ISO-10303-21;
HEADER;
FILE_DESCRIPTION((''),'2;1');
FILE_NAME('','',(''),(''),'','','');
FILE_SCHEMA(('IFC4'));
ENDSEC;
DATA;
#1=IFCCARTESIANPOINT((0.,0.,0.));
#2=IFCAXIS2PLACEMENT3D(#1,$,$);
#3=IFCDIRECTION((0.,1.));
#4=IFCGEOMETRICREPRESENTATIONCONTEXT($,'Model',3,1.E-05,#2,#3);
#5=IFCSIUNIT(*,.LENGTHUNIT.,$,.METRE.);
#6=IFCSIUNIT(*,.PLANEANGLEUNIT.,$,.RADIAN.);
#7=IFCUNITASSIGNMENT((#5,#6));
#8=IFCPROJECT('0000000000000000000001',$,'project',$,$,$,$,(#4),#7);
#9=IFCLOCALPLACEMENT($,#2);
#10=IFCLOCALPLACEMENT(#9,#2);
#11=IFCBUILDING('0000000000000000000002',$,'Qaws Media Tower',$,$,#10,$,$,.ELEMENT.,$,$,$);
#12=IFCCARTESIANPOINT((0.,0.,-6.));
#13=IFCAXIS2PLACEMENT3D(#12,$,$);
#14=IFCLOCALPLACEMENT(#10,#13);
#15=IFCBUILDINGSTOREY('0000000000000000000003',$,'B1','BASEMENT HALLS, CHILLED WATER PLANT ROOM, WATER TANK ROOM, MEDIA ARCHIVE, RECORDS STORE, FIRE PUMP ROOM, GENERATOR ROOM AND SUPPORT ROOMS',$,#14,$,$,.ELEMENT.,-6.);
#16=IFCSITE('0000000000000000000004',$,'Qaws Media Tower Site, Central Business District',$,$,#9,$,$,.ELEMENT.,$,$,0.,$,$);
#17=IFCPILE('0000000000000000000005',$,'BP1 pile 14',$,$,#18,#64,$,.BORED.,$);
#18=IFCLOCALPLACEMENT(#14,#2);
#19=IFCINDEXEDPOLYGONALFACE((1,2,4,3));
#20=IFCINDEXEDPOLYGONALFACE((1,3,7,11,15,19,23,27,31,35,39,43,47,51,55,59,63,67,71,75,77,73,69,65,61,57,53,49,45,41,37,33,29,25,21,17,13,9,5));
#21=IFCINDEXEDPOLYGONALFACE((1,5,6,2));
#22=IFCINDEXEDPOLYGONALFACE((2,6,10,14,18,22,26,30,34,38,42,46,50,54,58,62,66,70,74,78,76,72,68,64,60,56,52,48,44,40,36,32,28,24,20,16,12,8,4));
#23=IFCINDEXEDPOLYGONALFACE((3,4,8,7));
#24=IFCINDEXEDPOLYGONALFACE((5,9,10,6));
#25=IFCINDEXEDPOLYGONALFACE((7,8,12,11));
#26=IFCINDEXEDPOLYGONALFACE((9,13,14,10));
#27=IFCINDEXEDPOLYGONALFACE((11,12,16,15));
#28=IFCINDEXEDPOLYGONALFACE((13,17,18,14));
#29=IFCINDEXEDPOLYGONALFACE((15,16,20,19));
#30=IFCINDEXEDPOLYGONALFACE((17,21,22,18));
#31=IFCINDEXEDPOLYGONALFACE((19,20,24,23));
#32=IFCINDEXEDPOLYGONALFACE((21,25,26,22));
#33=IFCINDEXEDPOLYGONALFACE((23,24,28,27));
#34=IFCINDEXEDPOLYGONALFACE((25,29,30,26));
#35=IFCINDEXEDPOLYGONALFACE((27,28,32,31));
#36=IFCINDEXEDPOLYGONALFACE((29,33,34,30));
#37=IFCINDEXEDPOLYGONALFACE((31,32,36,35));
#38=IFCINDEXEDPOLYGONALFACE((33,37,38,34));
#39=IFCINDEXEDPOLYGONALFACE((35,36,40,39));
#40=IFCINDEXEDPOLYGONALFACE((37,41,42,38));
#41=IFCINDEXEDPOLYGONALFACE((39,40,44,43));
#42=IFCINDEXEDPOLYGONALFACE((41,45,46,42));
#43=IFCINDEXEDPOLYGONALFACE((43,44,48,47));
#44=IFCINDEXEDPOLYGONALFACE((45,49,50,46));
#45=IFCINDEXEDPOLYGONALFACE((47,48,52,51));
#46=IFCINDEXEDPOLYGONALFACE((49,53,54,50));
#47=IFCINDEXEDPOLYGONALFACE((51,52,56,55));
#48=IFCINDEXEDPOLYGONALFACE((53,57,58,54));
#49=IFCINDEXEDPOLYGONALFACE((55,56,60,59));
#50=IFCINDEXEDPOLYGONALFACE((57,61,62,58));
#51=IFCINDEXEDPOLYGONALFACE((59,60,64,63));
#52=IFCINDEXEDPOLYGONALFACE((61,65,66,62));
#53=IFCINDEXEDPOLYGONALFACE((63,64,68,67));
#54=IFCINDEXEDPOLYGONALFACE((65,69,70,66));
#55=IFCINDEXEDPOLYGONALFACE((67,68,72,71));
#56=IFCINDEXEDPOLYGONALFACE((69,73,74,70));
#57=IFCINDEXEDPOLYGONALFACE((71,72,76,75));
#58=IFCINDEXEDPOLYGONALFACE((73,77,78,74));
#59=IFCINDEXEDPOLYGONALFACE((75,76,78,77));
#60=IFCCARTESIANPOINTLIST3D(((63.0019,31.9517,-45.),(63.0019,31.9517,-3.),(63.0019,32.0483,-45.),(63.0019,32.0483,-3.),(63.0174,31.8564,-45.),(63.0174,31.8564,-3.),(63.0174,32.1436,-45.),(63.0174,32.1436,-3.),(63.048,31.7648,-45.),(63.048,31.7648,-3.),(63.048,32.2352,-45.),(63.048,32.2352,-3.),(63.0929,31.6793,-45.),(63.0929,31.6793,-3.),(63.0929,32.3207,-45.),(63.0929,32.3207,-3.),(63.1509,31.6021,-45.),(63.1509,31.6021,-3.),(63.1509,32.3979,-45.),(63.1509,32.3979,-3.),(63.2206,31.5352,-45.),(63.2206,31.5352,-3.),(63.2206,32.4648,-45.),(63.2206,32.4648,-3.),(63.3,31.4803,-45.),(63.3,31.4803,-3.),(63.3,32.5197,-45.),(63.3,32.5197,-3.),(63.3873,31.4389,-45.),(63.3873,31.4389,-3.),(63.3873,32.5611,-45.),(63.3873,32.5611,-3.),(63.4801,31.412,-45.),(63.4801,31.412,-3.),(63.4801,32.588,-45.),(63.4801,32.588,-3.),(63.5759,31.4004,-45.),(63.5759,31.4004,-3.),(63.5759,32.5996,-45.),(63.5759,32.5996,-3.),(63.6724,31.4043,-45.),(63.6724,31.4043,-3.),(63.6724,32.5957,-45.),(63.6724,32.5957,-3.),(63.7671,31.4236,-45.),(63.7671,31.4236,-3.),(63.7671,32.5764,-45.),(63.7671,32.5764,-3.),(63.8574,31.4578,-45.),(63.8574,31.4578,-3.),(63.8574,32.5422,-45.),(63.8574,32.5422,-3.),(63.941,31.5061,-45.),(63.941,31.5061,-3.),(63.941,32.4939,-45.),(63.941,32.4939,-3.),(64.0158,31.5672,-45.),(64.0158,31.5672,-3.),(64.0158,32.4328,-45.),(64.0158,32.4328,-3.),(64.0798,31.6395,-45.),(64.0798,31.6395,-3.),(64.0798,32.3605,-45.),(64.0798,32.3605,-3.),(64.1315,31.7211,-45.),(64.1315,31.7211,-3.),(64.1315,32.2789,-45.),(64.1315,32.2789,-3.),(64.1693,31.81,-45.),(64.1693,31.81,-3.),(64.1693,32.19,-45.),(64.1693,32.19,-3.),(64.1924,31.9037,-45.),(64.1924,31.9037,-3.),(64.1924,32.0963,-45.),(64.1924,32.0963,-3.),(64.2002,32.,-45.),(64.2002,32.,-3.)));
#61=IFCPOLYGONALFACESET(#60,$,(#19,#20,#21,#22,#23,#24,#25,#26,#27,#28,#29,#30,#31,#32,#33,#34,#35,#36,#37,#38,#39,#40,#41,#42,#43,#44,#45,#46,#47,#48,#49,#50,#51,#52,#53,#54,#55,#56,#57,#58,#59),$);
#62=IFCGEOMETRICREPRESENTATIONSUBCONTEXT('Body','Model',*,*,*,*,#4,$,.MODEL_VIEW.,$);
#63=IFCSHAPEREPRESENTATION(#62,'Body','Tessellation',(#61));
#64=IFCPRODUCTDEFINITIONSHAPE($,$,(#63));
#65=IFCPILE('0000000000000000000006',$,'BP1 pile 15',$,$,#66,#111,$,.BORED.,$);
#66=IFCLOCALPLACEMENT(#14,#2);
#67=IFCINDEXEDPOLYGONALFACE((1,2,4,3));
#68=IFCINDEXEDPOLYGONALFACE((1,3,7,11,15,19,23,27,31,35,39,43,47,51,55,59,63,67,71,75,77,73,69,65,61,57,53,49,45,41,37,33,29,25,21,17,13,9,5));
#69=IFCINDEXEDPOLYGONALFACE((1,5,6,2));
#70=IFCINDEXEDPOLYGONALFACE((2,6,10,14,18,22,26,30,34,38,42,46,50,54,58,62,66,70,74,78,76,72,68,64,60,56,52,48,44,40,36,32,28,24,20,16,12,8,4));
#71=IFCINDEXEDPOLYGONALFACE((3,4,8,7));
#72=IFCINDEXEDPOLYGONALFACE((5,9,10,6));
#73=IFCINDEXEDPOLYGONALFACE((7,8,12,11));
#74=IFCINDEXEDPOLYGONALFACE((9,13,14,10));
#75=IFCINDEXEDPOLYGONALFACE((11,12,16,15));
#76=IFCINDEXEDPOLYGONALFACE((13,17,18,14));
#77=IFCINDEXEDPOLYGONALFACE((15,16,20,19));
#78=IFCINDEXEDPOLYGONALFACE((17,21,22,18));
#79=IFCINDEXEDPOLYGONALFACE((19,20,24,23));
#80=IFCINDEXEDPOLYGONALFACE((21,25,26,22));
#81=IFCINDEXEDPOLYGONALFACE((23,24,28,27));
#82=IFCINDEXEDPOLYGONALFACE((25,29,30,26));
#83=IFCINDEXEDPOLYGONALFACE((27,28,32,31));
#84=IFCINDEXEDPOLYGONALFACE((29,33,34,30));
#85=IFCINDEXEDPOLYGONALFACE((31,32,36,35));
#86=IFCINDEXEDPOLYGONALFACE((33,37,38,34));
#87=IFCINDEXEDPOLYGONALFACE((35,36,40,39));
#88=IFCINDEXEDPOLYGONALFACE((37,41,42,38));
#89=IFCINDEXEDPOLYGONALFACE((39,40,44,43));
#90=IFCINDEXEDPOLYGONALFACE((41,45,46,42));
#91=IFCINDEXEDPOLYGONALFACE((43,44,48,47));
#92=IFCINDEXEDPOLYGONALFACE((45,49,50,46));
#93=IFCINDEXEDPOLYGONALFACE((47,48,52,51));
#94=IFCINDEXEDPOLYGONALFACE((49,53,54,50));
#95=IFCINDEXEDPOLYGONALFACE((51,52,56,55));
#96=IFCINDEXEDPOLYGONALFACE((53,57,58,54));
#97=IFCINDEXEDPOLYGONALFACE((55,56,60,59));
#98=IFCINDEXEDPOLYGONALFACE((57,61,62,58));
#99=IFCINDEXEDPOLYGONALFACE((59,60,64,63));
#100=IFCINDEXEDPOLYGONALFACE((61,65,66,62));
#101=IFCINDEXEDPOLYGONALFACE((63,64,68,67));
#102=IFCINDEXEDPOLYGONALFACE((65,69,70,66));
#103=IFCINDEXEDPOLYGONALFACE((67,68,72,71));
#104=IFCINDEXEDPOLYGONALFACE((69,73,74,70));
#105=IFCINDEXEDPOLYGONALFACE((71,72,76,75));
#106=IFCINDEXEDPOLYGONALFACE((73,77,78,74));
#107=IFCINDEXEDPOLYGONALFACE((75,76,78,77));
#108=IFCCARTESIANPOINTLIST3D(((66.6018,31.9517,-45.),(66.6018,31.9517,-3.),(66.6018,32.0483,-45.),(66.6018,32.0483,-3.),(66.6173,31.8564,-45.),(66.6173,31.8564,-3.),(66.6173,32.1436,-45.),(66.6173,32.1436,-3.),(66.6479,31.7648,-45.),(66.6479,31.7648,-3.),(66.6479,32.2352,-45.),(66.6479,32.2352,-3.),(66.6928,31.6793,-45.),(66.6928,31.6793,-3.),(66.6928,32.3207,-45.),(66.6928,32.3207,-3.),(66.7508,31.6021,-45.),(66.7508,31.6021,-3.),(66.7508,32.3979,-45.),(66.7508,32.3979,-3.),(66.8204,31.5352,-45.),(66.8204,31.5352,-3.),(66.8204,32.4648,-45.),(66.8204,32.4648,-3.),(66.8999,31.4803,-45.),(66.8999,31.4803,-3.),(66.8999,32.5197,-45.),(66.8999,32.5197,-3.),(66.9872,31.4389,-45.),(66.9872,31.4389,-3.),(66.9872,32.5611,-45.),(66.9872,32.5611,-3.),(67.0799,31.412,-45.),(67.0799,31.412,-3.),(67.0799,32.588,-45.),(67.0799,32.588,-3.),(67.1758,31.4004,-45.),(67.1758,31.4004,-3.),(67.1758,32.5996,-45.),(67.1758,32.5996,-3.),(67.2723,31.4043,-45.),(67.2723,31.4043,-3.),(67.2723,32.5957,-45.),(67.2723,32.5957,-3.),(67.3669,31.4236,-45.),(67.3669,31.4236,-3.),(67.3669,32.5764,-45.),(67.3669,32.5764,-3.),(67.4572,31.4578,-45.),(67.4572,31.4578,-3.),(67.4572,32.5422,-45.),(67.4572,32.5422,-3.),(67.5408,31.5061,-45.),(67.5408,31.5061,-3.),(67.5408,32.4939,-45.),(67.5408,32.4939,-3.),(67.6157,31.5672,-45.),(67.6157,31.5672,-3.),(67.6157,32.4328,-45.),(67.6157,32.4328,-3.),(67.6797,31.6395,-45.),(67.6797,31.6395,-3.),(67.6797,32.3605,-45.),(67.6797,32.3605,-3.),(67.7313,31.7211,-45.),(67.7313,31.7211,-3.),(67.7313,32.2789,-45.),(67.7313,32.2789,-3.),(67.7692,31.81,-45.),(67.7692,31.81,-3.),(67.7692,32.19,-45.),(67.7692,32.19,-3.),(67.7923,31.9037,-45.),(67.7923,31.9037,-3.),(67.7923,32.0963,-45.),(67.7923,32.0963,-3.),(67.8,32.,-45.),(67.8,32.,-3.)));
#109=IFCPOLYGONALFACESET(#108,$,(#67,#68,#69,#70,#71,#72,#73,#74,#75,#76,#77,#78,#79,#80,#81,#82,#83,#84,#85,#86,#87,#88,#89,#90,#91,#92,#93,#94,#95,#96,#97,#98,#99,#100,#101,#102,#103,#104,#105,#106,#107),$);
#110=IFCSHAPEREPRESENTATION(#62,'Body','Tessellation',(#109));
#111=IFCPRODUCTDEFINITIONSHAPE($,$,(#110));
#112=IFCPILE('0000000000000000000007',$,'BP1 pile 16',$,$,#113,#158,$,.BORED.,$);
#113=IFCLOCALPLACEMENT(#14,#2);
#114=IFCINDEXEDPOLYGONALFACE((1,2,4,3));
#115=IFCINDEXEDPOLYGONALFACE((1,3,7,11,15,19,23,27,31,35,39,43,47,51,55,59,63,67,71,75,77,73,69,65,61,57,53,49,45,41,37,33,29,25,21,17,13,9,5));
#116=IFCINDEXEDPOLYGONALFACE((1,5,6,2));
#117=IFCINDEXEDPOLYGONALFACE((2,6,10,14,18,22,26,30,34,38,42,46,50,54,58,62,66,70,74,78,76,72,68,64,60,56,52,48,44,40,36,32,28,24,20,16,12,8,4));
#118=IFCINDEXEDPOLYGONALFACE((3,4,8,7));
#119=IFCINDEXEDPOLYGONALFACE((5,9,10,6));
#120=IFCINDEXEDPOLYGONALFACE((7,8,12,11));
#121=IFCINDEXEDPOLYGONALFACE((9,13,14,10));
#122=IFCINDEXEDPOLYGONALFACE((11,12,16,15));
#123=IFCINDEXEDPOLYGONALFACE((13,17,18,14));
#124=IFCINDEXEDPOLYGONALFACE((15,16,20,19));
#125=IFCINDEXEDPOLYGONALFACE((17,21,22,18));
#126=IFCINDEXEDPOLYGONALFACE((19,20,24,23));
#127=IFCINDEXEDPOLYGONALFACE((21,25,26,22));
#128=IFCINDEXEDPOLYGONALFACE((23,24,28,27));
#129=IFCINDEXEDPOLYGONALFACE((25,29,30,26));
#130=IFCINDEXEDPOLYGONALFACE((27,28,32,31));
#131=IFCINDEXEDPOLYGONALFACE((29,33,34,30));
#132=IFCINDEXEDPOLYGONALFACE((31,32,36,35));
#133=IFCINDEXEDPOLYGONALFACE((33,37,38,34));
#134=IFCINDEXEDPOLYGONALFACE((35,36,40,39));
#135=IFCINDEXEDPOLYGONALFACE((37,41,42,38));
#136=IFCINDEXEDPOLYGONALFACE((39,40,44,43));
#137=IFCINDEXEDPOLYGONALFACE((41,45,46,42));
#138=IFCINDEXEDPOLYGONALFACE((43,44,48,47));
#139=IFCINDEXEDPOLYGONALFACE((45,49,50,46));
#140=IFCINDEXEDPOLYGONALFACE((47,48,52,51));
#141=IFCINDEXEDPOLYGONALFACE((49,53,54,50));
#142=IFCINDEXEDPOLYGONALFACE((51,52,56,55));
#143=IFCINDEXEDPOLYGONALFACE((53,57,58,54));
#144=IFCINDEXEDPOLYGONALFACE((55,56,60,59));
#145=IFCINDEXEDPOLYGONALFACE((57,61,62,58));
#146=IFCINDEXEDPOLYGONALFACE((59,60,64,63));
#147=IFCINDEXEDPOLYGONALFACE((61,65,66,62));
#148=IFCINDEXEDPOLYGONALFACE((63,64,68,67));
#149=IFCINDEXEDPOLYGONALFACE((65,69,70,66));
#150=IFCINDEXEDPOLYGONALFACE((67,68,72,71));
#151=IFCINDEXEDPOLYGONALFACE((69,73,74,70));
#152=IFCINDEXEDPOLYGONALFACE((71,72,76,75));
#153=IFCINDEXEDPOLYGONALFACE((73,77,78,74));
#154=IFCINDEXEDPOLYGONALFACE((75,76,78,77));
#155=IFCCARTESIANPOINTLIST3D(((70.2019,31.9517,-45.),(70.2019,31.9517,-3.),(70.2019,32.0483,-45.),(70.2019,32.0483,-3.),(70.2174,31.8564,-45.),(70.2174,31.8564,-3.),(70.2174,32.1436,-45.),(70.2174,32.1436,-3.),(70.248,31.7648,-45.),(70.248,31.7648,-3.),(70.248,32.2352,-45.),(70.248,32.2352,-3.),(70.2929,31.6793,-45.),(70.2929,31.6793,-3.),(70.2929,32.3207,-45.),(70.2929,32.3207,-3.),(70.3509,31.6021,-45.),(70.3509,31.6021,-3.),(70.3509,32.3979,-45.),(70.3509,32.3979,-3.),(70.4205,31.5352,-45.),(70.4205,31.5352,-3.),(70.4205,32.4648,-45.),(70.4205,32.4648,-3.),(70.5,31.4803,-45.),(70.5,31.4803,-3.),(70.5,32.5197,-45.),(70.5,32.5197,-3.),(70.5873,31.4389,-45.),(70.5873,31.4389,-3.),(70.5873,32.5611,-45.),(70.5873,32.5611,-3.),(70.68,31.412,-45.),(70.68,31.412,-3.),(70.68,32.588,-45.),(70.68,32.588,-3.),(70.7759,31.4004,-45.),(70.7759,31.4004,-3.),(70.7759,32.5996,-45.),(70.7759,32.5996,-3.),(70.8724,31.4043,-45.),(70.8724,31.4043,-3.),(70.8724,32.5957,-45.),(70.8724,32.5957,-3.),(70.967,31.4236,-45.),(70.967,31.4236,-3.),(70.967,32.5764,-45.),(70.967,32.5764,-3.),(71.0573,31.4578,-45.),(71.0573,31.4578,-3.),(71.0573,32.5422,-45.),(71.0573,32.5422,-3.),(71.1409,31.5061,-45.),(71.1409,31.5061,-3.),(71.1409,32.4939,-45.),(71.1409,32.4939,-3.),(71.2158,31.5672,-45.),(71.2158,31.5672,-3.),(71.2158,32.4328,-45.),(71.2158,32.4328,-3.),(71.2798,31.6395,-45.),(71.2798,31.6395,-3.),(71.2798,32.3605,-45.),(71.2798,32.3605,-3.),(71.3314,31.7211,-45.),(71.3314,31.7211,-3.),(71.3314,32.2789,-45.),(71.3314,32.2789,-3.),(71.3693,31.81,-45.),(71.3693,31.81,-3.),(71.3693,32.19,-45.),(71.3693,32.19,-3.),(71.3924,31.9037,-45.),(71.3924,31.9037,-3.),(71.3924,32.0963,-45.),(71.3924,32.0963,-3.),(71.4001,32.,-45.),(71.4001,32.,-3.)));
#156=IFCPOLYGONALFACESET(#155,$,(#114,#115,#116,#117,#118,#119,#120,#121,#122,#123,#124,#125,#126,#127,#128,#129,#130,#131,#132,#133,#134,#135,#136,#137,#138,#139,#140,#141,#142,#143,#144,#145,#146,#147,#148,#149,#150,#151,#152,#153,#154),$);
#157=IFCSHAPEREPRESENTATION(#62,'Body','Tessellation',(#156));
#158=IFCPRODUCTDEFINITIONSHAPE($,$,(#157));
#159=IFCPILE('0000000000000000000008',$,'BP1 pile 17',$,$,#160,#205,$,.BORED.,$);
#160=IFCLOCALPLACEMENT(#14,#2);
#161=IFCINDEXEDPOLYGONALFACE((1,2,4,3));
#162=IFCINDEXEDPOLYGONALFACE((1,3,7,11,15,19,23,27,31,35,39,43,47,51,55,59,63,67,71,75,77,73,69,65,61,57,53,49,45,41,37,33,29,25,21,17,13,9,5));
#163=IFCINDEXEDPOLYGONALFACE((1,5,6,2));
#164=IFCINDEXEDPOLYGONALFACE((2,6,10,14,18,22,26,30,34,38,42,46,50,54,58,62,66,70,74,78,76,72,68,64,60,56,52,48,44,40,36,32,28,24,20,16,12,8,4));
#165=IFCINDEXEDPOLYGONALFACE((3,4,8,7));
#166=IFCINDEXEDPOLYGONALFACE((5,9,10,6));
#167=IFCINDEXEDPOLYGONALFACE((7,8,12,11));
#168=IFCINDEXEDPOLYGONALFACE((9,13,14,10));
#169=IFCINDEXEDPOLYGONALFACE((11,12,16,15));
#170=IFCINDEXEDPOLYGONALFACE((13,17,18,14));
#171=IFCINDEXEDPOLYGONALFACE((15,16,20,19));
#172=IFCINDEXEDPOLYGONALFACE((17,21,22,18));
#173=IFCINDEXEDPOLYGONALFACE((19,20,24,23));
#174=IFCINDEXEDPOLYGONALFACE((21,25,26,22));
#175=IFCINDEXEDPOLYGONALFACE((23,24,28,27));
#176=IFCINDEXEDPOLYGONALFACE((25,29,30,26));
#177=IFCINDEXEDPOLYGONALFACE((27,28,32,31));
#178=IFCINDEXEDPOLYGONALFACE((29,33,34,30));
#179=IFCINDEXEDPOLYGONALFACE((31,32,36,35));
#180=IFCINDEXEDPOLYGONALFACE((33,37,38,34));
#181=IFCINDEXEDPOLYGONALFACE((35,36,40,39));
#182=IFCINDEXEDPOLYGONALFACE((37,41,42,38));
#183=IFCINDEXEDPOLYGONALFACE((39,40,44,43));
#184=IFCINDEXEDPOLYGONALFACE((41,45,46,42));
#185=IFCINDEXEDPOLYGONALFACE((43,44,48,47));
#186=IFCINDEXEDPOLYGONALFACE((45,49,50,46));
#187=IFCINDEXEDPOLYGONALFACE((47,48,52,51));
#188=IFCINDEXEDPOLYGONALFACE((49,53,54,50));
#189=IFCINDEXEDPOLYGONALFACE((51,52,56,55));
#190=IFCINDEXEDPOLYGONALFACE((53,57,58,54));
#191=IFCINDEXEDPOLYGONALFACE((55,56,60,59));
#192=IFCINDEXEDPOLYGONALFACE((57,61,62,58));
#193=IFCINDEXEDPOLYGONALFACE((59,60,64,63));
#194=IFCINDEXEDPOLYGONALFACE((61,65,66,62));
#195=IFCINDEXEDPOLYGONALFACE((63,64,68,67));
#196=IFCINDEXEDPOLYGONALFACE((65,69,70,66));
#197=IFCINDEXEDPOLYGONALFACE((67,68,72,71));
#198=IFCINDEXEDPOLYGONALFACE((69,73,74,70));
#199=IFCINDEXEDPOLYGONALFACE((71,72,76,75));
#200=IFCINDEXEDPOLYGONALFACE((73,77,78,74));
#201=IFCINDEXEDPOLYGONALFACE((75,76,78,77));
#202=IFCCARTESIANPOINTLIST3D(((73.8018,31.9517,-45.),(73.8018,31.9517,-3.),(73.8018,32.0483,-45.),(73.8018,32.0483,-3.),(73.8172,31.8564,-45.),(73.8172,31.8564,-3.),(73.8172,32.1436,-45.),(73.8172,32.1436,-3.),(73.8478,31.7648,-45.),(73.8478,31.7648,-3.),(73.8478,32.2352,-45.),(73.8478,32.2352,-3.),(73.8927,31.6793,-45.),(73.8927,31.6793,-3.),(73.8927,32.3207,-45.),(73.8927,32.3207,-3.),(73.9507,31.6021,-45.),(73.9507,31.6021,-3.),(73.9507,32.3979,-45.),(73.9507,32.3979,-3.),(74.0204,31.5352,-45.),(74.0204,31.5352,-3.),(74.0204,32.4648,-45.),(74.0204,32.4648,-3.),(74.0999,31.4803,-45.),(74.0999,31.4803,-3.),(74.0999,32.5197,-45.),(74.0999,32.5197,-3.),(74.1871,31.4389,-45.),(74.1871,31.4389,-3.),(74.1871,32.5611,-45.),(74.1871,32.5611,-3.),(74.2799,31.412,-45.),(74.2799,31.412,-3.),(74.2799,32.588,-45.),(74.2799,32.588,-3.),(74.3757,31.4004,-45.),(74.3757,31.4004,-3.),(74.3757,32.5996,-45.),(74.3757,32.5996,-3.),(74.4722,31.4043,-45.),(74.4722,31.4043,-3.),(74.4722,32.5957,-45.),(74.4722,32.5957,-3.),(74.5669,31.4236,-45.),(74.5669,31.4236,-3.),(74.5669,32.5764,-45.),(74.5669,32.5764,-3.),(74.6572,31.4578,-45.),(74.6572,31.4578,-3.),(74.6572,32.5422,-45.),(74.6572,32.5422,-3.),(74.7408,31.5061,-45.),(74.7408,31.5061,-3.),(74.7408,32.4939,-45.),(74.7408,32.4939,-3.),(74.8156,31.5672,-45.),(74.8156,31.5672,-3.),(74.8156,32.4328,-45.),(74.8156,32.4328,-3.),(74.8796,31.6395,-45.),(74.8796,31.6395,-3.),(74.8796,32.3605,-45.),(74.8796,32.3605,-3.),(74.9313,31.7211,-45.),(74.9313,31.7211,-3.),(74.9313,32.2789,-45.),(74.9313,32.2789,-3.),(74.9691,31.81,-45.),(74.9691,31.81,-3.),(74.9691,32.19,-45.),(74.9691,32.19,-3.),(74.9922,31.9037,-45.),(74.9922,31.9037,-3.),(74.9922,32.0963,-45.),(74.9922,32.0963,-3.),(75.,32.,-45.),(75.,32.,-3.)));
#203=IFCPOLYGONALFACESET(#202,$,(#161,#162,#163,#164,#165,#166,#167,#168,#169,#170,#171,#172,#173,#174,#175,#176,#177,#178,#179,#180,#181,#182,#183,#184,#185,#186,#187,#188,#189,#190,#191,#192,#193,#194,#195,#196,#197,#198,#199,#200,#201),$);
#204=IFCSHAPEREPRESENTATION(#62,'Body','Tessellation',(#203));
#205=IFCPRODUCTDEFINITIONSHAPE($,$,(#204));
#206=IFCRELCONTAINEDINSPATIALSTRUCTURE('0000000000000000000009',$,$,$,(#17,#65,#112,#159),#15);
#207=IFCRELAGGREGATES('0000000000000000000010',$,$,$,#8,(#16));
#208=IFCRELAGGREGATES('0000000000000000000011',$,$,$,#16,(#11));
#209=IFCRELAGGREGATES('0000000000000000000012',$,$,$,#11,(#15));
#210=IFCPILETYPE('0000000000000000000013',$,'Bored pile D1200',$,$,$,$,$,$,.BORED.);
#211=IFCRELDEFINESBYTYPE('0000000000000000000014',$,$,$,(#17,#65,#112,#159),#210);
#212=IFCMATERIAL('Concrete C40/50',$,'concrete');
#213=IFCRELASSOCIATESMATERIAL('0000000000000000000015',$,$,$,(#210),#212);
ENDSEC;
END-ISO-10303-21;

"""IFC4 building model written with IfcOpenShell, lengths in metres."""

from ifc_helpers import new_model, si_unit, direction, frame, origin, origin_2d, place, context, subcontext, project, spatial, circle, extrude, material, material_profile, profile_set, type_object, element, save


model = new_model("IFC4")

# Units and contexts
model_context = context("Model", 3, precision=1e-05, world=origin(), true_north=direction((0.0, 1.0)))
body_context = subcontext(model_context, "Body", "Model", "MODEL_VIEW")
ifc_project = project(units=[si_unit("LENGTHUNIT", "METRE"), si_unit("PLANEANGLEUNIT", "RADIAN")], contexts=[model_context])

# Site, building, storey
site_placement = place(None, origin())
site = spatial("IfcSite", under=ifc_project, at=site_placement, Name="Qaws Media Tower Site, Central Business District", CompositionType="ELEMENT", RefElevation=0.0)
building_placement = place(site_placement, origin())
building = spatial("IfcBuilding", under=site, at=building_placement, Name="Qaws Media Tower", CompositionType="ELEMENT")
storey_placement = place(building_placement, frame((0.0, 0.0, -6.0)))
storey = spatial("IfcBuildingStorey", under=building, at=storey_placement, Name="B1", Description="BASEMENT HALLS, CHILLED WATER PLANT ROOM, WATER TANK ROOM, MEDIA ARCHIVE, RECORDS STORE, FIRE PUMP ROOM, GENERATOR ROOM AND SUPPORT ROOMS", CompositionType="ELEMENT", Elevation=-6.0)

# Piles
ifc_material_1 = material(Name="Concrete C40/50", Category="concrete")
ifc_material_profile_1 = material_profile(ifc_material_1, circle(Radius=0.6001, at=origin_2d()), Name="D1200")
ifc_profile_set_1 = profile_set([ifc_material_profile_1], Name="Concrete C40/50")
pile_type = type_object("IfcPileType", Name="Bored pile D1200", PredefinedType="BORED", material=ifc_profile_set_1)
for number, where, z_axis, x_axis, name in (
    (1, (63.6001, 32.0, -3.0), (0.0, 0.0, -1.0), (1.0, 0.0, 0.0), "BP1 pile 14"),
    (2, (67.2, 32.0, -3.0), (0.0, 0.0, -1.0), (1.0, 0.0, 0.0), "BP1 pile 15"),
    (3, (70.8, 32.0, -3.0), (0.0, 0.0, -1.0), (1.0, 0.0, 0.0), "BP1 pile 16"),
    (4, (74.3999, 32.0, -3.0), (0.0, 0.0, -1.0), (1.0, 0.0, 0.0), "BP1 pile 17"),
):
    element("IfcPile", number, at=place(storey_placement, frame(where, z_axis=z_axis, x_axis=x_axis)), inside=storey, type_object=pile_type, Name=name, PredefinedType="BORED", context=body_context, shape_type="SweptSolid", body=[
        extrude(circle(Radius=0.6001, at=origin_2d()), origin(), (0.0, 0.0, 1.0), 42.0),
    ])

save(model, "model.ifc")
